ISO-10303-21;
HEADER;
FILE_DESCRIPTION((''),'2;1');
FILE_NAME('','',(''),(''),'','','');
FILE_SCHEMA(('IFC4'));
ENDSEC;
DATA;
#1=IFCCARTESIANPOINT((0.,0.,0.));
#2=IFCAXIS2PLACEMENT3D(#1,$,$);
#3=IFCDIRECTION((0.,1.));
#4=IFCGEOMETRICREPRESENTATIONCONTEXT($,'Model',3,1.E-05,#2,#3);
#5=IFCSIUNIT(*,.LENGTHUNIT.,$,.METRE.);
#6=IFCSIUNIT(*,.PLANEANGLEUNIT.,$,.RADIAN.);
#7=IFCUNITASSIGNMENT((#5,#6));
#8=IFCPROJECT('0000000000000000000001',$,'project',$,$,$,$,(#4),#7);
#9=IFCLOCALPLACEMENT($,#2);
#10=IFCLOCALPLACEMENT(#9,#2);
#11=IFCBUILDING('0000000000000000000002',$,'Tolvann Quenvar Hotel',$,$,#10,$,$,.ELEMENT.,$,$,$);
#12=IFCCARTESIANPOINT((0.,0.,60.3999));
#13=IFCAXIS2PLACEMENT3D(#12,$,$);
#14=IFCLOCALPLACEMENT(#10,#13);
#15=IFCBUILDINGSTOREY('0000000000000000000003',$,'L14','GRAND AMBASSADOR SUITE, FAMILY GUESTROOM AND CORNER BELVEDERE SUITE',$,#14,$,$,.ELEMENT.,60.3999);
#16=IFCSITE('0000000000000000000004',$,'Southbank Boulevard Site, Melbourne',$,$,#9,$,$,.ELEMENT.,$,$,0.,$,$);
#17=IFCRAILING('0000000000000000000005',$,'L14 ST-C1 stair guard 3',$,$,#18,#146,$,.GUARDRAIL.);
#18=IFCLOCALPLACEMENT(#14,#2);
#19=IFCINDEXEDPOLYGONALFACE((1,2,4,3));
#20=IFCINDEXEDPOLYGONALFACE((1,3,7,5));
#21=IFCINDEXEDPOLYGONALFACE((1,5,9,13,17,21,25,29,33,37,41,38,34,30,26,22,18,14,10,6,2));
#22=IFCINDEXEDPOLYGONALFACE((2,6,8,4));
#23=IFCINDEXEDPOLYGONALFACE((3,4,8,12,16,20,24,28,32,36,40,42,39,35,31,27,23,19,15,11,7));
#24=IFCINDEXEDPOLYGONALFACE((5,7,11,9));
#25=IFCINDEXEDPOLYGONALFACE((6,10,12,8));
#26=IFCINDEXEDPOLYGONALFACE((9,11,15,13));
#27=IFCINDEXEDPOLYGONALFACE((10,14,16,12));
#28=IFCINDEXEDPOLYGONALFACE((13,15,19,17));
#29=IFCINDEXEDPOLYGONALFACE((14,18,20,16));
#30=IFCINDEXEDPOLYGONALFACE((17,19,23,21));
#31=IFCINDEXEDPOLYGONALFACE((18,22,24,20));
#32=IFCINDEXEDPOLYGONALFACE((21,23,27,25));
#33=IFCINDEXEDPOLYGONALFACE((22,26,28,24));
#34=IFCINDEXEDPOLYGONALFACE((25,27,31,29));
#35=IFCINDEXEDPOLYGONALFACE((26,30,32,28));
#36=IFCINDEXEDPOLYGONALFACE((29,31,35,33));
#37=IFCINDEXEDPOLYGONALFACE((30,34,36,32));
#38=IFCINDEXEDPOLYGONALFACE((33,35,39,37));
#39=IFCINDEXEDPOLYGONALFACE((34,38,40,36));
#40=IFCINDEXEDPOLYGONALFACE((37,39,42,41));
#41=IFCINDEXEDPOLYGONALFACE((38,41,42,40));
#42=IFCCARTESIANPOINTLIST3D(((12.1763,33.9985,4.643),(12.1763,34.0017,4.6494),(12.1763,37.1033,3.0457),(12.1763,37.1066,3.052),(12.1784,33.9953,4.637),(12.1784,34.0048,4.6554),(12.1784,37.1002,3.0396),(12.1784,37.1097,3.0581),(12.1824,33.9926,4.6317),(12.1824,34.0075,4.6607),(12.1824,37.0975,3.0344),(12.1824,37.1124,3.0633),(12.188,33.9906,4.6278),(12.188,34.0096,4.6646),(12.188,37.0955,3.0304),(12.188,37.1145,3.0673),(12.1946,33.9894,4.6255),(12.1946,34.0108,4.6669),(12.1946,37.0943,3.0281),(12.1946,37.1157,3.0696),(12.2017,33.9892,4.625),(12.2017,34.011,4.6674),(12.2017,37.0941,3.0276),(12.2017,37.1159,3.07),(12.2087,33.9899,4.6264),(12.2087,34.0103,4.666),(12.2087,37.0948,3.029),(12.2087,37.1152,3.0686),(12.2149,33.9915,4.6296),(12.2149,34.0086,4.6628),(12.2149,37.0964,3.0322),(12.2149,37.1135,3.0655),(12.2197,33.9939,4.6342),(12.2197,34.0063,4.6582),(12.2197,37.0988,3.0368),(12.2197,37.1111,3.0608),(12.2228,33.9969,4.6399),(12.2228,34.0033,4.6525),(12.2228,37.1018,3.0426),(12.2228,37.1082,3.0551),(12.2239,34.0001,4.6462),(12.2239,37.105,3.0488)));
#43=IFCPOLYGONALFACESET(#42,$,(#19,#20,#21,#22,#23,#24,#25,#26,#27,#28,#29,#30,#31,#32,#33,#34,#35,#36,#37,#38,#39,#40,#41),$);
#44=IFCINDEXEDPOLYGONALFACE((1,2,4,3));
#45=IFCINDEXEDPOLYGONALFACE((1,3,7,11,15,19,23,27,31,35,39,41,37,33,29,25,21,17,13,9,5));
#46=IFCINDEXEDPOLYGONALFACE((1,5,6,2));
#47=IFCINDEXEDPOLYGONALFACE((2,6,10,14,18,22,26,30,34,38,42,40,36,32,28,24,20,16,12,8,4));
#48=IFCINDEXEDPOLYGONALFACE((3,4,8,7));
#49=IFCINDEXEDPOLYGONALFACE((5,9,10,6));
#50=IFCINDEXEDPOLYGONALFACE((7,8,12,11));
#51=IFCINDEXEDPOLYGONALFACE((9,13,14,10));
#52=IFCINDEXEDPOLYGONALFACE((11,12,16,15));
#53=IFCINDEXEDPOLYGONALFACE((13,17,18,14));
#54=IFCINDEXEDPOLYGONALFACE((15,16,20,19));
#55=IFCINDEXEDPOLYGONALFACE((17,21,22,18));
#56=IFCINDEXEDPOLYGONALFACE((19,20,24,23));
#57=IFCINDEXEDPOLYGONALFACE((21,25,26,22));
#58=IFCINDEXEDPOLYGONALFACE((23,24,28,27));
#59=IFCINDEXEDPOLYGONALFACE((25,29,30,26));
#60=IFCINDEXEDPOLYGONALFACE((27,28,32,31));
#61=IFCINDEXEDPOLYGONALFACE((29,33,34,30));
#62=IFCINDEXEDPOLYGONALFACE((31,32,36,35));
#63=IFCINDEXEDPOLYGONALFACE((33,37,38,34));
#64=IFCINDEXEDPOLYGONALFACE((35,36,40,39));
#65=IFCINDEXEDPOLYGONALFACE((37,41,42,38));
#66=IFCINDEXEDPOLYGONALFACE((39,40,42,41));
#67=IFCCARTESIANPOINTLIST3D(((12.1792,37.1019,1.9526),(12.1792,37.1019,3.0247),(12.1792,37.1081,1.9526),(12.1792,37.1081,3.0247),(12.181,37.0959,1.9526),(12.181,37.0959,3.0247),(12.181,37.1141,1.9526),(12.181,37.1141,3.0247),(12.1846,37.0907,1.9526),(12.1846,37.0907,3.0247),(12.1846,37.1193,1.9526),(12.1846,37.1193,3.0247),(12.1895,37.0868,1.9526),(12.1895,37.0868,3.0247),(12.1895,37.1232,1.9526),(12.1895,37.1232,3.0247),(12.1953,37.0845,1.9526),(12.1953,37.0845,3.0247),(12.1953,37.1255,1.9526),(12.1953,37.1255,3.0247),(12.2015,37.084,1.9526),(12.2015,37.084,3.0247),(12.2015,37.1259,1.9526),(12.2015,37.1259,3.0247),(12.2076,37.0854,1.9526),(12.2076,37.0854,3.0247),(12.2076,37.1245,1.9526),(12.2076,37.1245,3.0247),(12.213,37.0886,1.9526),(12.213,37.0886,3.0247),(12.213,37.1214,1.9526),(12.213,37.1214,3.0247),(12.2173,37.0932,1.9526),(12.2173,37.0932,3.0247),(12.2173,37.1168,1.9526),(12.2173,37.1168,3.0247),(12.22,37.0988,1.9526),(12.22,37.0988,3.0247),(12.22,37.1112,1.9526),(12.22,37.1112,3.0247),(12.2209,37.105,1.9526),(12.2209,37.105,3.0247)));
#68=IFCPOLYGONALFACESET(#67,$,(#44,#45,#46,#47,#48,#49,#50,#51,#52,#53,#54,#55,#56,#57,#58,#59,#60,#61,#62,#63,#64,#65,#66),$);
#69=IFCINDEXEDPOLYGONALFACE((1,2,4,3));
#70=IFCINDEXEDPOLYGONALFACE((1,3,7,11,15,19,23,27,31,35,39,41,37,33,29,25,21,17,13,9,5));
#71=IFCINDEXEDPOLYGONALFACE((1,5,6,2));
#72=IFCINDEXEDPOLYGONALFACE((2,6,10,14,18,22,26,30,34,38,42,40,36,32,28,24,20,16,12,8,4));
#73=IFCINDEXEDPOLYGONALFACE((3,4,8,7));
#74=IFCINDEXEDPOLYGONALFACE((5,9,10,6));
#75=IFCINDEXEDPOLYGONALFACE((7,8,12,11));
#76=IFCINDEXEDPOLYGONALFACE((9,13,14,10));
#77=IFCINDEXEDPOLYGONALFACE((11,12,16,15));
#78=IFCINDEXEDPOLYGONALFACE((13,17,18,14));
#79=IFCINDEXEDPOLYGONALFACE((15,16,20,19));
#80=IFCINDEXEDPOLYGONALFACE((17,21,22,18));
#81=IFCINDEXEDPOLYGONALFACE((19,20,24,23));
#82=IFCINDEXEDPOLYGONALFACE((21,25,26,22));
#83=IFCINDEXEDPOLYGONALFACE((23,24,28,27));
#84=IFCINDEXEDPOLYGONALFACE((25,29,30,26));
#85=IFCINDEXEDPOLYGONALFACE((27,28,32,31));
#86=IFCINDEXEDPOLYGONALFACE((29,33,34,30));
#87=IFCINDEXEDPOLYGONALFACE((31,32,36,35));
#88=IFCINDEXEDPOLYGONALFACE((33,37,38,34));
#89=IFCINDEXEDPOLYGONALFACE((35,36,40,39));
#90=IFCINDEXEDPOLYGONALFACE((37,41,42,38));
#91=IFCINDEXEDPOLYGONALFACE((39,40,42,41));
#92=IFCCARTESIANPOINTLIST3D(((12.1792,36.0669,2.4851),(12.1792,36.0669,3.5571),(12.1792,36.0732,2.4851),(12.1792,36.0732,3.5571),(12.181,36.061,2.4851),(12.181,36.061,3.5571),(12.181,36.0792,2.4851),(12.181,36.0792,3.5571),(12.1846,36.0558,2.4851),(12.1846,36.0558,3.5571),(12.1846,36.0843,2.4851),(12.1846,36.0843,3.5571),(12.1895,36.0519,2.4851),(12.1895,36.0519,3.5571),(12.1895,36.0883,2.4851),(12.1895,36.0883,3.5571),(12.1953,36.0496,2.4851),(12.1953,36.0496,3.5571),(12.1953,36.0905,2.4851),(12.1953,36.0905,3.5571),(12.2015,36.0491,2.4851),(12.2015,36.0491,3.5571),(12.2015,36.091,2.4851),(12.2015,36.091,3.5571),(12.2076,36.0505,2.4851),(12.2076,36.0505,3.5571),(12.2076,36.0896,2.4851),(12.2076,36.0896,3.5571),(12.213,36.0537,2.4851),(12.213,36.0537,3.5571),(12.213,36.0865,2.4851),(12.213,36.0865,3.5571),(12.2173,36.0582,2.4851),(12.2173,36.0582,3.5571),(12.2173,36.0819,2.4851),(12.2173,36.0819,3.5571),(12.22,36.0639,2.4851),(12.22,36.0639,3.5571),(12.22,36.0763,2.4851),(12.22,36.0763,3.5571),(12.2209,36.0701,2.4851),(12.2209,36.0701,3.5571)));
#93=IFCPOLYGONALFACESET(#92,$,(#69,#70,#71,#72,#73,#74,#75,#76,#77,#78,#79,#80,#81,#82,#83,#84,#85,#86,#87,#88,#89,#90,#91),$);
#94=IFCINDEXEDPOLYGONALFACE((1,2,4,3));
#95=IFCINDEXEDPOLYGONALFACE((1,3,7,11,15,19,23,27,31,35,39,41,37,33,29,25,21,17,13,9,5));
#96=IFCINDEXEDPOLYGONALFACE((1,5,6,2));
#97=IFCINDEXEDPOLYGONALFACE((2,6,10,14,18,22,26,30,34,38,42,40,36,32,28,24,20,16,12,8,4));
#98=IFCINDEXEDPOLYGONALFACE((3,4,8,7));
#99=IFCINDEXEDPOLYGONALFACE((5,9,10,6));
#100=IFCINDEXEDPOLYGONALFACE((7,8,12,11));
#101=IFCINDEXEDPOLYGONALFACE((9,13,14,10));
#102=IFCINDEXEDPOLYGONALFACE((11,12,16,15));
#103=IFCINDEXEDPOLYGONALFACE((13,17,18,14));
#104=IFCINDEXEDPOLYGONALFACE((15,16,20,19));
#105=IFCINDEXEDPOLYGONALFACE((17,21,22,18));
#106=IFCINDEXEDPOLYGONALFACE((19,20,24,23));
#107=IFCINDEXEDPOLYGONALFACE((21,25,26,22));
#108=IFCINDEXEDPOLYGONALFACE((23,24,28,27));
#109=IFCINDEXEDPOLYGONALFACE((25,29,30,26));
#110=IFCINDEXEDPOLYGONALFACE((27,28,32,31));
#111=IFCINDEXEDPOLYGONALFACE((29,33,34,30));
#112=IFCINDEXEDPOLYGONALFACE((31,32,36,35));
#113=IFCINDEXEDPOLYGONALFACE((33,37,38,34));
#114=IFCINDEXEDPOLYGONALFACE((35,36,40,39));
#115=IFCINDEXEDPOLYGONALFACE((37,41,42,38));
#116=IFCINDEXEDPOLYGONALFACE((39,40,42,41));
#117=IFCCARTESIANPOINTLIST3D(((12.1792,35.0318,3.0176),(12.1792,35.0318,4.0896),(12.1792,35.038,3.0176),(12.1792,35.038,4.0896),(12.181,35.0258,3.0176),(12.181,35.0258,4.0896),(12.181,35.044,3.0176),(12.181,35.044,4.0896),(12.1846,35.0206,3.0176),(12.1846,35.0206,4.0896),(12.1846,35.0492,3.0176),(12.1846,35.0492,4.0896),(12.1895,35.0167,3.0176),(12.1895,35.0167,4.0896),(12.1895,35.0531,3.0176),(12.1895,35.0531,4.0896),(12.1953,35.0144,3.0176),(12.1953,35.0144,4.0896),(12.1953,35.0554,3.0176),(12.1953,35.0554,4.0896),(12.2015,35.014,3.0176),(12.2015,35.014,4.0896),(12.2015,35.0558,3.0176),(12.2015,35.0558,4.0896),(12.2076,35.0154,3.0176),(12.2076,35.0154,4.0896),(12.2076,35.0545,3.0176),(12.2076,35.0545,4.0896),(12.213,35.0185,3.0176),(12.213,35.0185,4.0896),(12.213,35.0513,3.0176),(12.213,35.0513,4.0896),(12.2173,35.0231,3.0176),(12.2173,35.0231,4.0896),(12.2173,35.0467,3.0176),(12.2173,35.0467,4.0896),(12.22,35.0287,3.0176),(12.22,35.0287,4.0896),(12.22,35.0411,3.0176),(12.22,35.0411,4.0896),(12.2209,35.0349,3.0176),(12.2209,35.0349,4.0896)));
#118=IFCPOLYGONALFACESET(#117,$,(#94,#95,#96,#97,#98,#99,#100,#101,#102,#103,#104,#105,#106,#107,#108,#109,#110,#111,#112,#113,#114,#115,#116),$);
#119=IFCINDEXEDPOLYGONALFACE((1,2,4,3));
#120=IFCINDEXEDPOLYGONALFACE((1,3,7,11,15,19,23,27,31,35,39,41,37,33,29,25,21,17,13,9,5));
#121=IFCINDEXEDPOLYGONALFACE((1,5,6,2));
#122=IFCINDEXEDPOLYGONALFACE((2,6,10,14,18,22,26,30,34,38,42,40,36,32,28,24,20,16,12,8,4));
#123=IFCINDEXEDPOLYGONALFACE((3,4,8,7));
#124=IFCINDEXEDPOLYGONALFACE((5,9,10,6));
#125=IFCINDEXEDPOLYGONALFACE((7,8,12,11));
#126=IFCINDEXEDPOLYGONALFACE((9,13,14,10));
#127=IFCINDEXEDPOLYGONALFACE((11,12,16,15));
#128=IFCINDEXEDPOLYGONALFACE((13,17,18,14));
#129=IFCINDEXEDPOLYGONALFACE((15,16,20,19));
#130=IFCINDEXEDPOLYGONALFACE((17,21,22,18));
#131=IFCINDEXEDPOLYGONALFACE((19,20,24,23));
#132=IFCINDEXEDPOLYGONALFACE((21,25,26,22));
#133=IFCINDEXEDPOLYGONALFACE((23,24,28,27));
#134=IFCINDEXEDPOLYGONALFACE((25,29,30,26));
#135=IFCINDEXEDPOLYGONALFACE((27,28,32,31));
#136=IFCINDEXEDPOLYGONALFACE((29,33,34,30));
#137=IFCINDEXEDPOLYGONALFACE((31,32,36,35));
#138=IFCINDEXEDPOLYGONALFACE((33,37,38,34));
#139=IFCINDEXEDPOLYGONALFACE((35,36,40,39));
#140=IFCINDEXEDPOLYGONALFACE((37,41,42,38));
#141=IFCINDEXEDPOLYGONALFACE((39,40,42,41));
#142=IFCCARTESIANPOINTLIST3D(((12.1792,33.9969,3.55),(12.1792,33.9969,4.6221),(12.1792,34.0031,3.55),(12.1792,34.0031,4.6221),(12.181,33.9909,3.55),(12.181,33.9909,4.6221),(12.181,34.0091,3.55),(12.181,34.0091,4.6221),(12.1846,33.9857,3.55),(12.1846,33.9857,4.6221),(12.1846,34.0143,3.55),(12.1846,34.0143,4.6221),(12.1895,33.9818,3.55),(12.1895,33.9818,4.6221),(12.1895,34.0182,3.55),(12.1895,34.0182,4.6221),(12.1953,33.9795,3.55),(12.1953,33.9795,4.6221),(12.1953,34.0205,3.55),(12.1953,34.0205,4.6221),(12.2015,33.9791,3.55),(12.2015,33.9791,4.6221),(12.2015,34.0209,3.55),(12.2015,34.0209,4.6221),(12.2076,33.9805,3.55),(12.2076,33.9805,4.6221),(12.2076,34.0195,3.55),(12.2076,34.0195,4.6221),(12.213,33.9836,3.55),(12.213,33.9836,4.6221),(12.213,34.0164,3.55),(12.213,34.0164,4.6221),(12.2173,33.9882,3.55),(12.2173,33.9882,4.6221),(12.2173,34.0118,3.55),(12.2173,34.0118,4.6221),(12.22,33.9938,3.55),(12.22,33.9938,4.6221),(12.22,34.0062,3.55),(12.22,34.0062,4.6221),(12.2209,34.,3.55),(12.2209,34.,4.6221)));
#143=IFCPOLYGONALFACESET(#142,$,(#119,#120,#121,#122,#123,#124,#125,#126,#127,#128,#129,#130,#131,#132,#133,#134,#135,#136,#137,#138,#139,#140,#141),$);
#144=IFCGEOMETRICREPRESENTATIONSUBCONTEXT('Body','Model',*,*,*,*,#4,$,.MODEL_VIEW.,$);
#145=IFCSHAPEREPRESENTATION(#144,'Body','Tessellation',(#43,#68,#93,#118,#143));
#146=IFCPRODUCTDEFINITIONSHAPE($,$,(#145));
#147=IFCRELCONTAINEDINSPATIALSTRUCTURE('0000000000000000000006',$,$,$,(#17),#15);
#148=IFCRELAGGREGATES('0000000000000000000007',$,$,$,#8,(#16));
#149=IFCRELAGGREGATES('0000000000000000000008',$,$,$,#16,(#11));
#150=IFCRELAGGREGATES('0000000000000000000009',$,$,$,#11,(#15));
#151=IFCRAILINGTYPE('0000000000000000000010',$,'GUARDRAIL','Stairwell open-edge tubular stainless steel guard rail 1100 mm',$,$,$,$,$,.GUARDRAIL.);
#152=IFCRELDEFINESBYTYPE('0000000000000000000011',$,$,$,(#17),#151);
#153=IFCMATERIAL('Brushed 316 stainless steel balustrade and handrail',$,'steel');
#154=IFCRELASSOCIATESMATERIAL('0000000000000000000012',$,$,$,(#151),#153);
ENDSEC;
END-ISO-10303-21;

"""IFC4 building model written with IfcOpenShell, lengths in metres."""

from ifc_helpers import new_model, si_unit, direction, frame, origin, origin_2d, place, context, subcontext, project, spatial, circle, extrude, material, type_object, element, save


model = new_model("IFC4")

# Units and contexts
model_context = context("Model", 3, precision=1e-05, world=origin(), true_north=direction((0.0, 1.0)))
body_context = subcontext(model_context, "Body", "Model", "MODEL_VIEW")
ifc_project = project(units=[si_unit("LENGTHUNIT", "METRE"), si_unit("PLANEANGLEUNIT", "RADIAN")], contexts=[model_context])

# Site, building, storey
site_placement = place(None, origin())
site = spatial("IfcSite", under=ifc_project, at=site_placement, Name="Southbank Boulevard Site, Melbourne", CompositionType="ELEMENT", RefElevation=0.0)
building_placement = place(site_placement, origin())
building = spatial("IfcBuilding", under=site, at=building_placement, Name="Tolvann Quenvar Hotel", CompositionType="ELEMENT")
storey_placement = place(building_placement, frame((0.0, 0.0, 60.3999)))
storey = spatial("IfcBuildingStorey", under=building, at=storey_placement, Name="L14", Description="GRAND AMBASSADOR SUITE, FAMILY GUESTROOM AND CORNER BELVEDERE SUITE", CompositionType="ELEMENT", Elevation=60.3999)

# Railing
ifc_material_1 = material(Name="Brushed 316 stainless steel balustrade and handrail", Category="steel")
railing_type_1 = type_object("IfcRailingType", Name="GUARDRAIL", Description="Stairwell open-edge tubular stainless steel guard rail 1100 mm", PredefinedType="GUARDRAIL", material=ifc_material_1)
railing_1_placement = place(storey_placement, frame((12.2, 37.105, 1.9526)))
element("IfcRailing", 1, at=railing_1_placement, inside=storey, type_object=railing_type_1, Name="L14 ST-C1 stair guard 3", PredefinedType="GUARDRAIL", context=body_context, shape_type="SweptSolid", body=[
    extrude(circle(Radius=0.0239, at=origin_2d()), frame((0.0, 0.0, 1.0962), z_axis=(0.0, -0.889222, 0.457476), x_axis=(1.0, 0.0, 0.0)), (0.0, 0.0, 1.0), 3.4917),
    extrude(circle(Radius=0.021, at=origin_2d()), origin(), (0.0, 0.0, 1.0), 1.072),
    extrude(circle(Radius=0.021, at=origin_2d()), frame((0.0, -1.0349, 0.5325)), (0.0, 0.0, 1.0), 1.072),
    extrude(circle(Radius=0.021, at=origin_2d()), frame((0.0, -2.0701, 1.0649)), (0.0, 0.0, 1.0), 1.072),
    extrude(circle(Radius=0.021, at=origin_2d()), frame((0.0, -3.105, 1.5974)), (0.0, 0.0, 1.0), 1.072),
])

save(model, "model.ifc")
